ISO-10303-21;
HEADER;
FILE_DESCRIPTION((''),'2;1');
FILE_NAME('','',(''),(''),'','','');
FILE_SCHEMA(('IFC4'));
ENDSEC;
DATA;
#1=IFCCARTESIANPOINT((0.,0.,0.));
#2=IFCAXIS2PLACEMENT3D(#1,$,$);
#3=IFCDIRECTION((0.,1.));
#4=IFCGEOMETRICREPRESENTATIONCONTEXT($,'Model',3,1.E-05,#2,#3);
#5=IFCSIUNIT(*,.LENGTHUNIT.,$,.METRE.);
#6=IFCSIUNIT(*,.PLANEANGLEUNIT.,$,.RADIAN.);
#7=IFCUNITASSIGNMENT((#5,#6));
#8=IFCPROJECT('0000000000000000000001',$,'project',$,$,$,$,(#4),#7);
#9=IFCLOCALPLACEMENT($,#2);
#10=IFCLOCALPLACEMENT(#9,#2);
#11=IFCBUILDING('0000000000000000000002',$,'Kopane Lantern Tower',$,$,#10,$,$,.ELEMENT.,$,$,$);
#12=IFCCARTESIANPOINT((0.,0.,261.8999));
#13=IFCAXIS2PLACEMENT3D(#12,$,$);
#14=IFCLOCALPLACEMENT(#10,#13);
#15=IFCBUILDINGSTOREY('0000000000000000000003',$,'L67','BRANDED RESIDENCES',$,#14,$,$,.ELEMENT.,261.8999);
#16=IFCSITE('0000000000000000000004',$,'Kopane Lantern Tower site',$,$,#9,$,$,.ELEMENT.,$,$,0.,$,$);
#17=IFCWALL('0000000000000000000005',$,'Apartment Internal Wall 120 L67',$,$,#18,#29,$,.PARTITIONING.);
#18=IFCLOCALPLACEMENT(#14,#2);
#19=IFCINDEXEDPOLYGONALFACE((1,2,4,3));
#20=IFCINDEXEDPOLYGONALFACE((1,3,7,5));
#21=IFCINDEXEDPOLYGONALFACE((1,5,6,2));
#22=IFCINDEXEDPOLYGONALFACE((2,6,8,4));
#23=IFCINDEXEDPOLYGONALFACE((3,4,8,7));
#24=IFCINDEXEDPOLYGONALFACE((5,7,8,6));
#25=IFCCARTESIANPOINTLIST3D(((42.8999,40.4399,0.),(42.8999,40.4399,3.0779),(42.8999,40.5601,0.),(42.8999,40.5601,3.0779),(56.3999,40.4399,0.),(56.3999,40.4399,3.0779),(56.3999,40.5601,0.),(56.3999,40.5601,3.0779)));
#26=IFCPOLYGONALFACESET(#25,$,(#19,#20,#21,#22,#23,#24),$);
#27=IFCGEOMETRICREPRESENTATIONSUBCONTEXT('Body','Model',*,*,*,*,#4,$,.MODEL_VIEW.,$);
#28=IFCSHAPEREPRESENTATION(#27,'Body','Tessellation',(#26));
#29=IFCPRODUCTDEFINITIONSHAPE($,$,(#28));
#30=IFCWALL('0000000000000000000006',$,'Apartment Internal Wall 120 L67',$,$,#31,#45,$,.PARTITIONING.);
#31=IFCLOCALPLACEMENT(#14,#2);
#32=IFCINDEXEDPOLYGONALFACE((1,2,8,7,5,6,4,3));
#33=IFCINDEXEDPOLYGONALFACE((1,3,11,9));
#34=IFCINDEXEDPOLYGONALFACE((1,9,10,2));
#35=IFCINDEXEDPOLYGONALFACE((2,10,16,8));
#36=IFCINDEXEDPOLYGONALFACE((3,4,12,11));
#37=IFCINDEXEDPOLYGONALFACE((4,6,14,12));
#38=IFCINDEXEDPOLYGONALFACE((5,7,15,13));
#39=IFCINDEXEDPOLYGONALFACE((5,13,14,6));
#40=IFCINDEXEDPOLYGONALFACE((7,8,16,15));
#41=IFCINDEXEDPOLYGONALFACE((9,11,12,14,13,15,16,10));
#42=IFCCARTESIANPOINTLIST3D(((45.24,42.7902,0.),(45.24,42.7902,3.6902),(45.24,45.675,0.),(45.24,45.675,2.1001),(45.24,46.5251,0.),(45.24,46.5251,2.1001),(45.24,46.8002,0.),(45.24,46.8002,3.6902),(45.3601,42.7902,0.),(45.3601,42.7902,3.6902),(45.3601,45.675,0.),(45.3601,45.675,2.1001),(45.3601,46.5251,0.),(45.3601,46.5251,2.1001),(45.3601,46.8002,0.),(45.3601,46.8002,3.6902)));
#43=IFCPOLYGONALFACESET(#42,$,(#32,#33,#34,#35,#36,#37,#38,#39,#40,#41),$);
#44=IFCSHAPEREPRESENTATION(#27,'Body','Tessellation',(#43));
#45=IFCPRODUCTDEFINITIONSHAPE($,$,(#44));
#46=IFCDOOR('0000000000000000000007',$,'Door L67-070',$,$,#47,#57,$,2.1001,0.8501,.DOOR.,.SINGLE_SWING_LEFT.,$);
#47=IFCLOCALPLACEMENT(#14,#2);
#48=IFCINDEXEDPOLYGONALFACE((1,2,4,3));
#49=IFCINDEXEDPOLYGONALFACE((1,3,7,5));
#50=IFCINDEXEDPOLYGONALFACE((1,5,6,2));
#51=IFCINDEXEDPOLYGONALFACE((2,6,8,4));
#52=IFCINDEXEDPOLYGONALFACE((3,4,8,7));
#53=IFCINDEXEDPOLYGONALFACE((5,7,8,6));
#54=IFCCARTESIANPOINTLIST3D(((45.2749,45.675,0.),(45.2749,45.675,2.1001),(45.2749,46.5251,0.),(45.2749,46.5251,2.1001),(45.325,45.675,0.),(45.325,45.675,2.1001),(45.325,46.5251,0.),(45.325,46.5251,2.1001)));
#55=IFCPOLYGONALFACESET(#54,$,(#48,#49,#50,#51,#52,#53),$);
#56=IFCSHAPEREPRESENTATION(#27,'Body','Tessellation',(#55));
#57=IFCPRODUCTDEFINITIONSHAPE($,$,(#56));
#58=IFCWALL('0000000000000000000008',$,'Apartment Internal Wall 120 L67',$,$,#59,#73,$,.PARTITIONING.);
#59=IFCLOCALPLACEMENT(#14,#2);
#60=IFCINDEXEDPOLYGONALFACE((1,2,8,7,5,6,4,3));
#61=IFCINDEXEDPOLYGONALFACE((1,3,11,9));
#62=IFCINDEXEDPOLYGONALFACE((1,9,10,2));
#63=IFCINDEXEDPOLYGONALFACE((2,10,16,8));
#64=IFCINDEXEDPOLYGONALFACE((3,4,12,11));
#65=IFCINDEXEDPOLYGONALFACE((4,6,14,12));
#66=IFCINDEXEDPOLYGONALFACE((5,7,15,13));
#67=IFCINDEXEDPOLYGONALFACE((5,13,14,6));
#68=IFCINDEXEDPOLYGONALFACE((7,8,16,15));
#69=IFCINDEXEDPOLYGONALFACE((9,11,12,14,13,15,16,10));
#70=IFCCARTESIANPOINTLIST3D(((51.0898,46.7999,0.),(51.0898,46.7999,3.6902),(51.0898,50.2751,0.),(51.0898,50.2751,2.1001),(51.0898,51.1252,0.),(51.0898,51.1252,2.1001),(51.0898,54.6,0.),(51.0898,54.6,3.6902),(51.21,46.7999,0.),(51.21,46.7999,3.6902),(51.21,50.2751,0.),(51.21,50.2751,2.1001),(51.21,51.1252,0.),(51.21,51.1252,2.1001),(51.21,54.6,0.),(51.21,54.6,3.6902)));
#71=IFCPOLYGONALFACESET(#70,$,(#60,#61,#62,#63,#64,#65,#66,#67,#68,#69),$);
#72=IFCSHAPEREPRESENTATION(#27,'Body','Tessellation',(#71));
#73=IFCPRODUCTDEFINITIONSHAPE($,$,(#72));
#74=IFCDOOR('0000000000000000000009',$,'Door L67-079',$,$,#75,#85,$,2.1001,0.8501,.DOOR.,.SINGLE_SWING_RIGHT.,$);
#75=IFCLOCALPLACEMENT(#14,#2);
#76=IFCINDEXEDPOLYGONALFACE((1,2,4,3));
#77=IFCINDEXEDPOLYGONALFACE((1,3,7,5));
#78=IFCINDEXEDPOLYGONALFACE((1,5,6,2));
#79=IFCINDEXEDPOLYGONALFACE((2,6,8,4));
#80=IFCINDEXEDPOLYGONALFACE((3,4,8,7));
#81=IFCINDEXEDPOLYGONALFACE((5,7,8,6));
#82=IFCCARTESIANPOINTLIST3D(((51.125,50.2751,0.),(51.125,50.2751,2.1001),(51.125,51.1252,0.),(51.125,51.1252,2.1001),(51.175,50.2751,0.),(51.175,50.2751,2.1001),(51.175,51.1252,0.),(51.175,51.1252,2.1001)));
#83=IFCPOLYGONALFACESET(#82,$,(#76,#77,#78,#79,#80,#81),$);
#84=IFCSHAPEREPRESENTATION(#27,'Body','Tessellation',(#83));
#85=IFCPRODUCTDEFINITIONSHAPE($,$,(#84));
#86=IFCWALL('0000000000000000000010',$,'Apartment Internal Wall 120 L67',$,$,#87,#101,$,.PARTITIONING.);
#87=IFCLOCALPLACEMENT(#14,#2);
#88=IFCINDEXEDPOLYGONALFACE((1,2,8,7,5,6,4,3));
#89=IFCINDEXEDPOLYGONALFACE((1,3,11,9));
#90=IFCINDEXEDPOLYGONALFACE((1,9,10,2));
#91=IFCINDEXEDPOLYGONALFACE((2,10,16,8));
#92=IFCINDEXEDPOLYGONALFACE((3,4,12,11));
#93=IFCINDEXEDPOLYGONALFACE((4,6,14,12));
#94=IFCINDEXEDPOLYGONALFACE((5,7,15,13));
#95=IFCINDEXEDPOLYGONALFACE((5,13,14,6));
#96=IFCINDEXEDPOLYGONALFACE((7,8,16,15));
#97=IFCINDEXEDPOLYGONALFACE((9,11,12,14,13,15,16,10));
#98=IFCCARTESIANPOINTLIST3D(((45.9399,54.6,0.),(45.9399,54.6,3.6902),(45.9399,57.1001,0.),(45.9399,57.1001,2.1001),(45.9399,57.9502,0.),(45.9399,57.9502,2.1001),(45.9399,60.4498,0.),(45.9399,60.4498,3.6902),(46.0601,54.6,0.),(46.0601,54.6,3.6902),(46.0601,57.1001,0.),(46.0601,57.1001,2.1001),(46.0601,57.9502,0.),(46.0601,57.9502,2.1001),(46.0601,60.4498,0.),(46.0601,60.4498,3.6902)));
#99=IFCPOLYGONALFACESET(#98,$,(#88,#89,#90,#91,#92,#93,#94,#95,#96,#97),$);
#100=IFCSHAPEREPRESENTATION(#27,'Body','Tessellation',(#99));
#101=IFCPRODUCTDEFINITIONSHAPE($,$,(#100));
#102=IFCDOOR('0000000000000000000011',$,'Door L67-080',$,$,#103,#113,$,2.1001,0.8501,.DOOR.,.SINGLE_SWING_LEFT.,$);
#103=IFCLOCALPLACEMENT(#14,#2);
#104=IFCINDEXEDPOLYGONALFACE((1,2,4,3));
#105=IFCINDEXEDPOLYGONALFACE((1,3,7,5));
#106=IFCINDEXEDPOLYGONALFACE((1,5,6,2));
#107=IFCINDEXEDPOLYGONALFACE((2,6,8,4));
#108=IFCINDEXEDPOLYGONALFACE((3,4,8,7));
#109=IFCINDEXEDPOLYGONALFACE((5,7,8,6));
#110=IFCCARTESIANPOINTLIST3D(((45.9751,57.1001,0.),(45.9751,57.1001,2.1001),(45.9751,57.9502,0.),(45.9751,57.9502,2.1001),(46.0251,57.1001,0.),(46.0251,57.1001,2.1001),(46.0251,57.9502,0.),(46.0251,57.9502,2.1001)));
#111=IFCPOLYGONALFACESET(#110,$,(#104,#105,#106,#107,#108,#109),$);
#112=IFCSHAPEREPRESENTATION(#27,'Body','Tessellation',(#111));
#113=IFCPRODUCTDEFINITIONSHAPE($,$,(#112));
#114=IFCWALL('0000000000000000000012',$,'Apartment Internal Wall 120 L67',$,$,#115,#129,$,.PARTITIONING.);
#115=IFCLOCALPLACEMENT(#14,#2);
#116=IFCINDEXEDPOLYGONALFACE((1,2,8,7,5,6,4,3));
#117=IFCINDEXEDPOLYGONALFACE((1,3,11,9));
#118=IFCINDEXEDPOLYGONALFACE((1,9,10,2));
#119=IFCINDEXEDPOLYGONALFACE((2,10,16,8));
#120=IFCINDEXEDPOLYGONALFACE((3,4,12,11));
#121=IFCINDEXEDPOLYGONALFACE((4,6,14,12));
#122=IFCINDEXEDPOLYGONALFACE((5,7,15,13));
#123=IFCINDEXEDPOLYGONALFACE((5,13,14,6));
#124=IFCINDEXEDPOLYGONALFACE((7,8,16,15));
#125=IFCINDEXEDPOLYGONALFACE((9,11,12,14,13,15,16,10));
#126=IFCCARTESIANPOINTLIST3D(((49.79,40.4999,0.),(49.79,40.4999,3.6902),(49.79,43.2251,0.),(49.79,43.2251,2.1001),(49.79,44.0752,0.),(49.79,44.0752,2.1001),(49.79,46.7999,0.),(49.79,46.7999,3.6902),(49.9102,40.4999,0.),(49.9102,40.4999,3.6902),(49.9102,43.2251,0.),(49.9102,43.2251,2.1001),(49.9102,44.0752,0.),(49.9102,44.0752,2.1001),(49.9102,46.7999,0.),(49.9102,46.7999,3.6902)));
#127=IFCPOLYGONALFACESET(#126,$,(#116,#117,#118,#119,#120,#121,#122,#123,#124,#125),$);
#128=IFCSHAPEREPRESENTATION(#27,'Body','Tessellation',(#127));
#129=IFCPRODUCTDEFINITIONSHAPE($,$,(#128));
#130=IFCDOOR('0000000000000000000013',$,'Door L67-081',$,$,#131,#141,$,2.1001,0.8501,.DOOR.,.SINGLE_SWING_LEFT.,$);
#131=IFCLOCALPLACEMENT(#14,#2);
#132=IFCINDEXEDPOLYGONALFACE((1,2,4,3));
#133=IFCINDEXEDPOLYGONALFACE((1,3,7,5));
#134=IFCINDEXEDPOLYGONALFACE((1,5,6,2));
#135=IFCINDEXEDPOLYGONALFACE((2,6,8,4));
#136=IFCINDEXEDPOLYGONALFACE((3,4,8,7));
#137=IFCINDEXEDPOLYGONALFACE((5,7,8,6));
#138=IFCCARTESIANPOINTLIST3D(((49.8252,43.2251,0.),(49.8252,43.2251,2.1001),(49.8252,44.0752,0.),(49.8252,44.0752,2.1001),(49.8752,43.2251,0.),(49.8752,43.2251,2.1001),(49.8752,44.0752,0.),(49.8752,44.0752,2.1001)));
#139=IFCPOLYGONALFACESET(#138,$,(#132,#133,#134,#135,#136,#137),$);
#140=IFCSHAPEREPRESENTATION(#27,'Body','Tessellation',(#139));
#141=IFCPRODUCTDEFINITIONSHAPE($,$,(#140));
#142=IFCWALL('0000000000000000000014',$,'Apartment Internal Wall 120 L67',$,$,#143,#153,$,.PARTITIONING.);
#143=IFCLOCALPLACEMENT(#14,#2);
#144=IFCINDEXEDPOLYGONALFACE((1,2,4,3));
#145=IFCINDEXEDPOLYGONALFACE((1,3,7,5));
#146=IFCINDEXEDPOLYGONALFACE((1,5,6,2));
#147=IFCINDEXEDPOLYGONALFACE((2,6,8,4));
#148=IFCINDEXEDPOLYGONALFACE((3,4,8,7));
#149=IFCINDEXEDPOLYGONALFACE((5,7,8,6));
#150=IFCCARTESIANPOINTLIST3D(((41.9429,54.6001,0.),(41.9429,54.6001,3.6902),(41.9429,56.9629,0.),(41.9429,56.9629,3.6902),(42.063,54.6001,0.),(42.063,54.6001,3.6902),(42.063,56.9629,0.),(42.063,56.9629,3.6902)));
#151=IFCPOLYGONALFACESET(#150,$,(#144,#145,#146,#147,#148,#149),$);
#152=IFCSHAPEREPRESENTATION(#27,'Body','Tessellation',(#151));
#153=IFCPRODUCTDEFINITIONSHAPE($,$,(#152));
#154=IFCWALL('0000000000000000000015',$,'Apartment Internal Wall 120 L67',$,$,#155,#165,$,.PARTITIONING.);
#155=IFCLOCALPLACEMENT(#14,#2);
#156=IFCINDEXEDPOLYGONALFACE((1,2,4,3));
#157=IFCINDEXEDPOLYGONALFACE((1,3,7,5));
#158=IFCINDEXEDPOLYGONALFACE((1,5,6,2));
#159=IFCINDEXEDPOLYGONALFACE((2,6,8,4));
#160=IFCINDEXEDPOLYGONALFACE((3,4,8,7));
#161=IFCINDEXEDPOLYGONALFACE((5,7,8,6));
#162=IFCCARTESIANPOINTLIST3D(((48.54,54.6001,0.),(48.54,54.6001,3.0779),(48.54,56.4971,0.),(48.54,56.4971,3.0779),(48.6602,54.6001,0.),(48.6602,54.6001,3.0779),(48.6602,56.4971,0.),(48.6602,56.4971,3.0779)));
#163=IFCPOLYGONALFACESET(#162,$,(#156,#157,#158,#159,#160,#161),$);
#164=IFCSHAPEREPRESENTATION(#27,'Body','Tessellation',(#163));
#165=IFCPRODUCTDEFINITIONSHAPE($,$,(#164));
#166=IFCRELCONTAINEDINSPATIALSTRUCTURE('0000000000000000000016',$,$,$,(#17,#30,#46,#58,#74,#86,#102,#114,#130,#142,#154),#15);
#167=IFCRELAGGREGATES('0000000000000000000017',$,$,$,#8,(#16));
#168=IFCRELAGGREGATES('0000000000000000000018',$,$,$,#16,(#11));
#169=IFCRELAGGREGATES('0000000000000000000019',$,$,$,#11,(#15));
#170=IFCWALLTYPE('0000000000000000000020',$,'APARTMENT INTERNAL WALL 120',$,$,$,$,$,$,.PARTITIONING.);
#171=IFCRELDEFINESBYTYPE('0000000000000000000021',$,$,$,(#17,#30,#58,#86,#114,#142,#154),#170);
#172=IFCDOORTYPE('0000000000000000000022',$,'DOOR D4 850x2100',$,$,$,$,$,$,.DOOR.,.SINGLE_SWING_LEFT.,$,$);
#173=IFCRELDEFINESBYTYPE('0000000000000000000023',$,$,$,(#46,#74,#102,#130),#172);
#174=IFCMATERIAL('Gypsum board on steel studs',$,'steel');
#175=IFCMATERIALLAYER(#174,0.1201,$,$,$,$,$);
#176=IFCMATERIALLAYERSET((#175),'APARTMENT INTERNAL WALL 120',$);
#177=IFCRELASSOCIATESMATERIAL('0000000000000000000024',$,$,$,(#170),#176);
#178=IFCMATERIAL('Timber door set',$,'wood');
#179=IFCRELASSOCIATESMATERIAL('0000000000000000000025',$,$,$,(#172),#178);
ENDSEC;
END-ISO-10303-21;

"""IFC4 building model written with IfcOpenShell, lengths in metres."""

from ifc_helpers import new_model, si_unit, direction, frame, frame_2d, origin, place, context, subcontext, project, spatial, rectangle, extrude, material, layer, layer_set, type_object, element, fill, save


model = new_model("IFC4")

# Units and contexts
model_context = context("Model", 3, precision=1e-05, world=origin(), true_north=direction((0.0, 1.0)))
body_context = subcontext(model_context, "Body", "Model", "MODEL_VIEW")
ifc_project = project(units=[si_unit("LENGTHUNIT", "METRE"), si_unit("PLANEANGLEUNIT", "RADIAN")], contexts=[model_context])

# Site, building, storey
site_placement = place(None, origin())
site = spatial("IfcSite", under=ifc_project, at=site_placement, Name="Kopane Lantern Tower site", CompositionType="ELEMENT", RefElevation=0.0)
building_placement = place(site_placement, origin())
building = spatial("IfcBuilding", under=site, at=building_placement, Name="Kopane Lantern Tower", CompositionType="ELEMENT")
storey_placement = place(building_placement, frame((0.0, 0.0, 261.8999)))
storey = spatial("IfcBuildingStorey", under=building, at=storey_placement, Name="L67", Description="BRANDED RESIDENCES", CompositionType="ELEMENT", Elevation=261.8999)

# Shared definitions
ifc_material_1 = material(Name="Gypsum board on steel studs", Category="steel")
ifc_layer_1 = layer(ifc_material_1, 0.1201)
ifc_layer_set_1 = layer_set([ifc_layer_1], Name="APARTMENT INTERNAL WALL 120")
wall_type_1 = type_object("IfcWallType", Name="APARTMENT INTERNAL WALL 120", PredefinedType="PARTITIONING", material=ifc_layer_set_1)
ifc_material_2 = material(Name="Timber door set", Category="wood")
door_type_1 = type_object("IfcDoorType", Name="DOOR D4 850x2100", OperationType="SINGLE_SWING_LEFT", PredefinedType="DOOR", material=ifc_material_2)

# Wall
wall_1_placement = place(storey_placement, frame((42.8999, 40.5, 0.0), z_axis=(0.0, 0.0, 1.0), x_axis=(1.0, 0.0, 0.0)))
element("IfcWall", 1, at=wall_1_placement, inside=storey, type_object=wall_type_1, Name="Apartment Internal Wall 120 L67", PredefinedType="PARTITIONING", context=body_context, shape_type="SweptSolid", body=[
    extrude(rectangle(XDim=13.5, YDim=0.1201, at=frame_2d((6.75, 0.0))), origin(), (0.0, 0.0, 1.0), 3.0779),
])

# Walls, openings, doors
wall_2_placement = place(storey_placement, frame((45.3, 46.8, 0.0), z_axis=(0.0, 0.0, 1.0), x_axis=(0.0, -1.0, 0.0)))
wall_2 = element("IfcWall", 2, at=wall_2_placement, inside=storey, type_object=wall_type_1, Name="Apartment Internal Wall 120 L67", PredefinedType="PARTITIONING", context=body_context, shape_type="SweptSolid", body=[
    extrude(rectangle(XDim=4.01, YDim=0.1201, at=frame_2d((2.0049, 0.0))), origin(), (0.0, 0.0, 1.0), 3.6902),
])
opening_1_placement = place(wall_2_placement, frame((0.2749, 0.0, 0.0)))
opening_1 = element("IfcOpeningElement", 3, at=opening_1_placement, cuts=wall_2, PredefinedType="OPENING", context=body_context, shape_type="SweptSolid", body=[
    extrude(rectangle(XDim=0.8501, YDim=2.1001, at=frame_2d((0.425, 1.05))), frame((0.0, 0.0701, 0.0), z_axis=(0.0, -1.0, 0.0), x_axis=(1.0, 0.0, 0.0)), (0.0, 0.0, 1.0), 0.1401),
])
door_1_placement = place(opening_1_placement, origin())
door_1 = element("IfcDoor", 4, at=door_1_placement, inside=storey, type_object=door_type_1, Name="Door L67-070", OperationType="SINGLE_SWING_LEFT", OverallHeight=2.1001, OverallWidth=0.8501, PredefinedType="DOOR", context=body_context, shape_type="SweptSolid", body=[
    extrude(rectangle(XDim=0.8501, YDim=2.1001, at=frame_2d((0.425, 1.05))), frame((0.0, 0.0249, 0.0), z_axis=(0.0, -1.0, 0.0), x_axis=(1.0, 0.0, 0.0)), (0.0, 0.0, 1.0), 0.05),
])
fill(opening_1, door_1)
wall_3_placement = place(storey_placement, frame((51.1499, 46.8, 0.0), z_axis=(0.0, 0.0, 1.0), x_axis=(0.0, 1.0, 0.0)))
wall_3 = element("IfcWall", 5, at=wall_3_placement, inside=storey, type_object=wall_type_1, Name="Apartment Internal Wall 120 L67", PredefinedType="PARTITIONING", context=body_context, shape_type="SweptSolid", body=[
    extrude(rectangle(XDim=7.8, YDim=0.1201, at=frame_2d((3.8999, 0.0))), origin(), (0.0, 0.0, 1.0), 3.6902),
])
opening_2_placement = place(wall_3_placement, frame((3.4751, 0.0, 0.0)))
opening_2 = element("IfcOpeningElement", 6, at=opening_2_placement, cuts=wall_3, PredefinedType="OPENING", context=body_context, shape_type="SweptSolid", body=[
    extrude(rectangle(XDim=0.8501, YDim=2.1001, at=frame_2d((0.425, 1.05))), frame((0.0, 0.0701, 0.0), z_axis=(0.0, -1.0, 0.0), x_axis=(1.0, 0.0, 0.0)), (0.0, 0.0, 1.0), 0.1401),
])
door_2_placement = place(opening_2_placement, origin())
door_2 = element("IfcDoor", 7, at=door_2_placement, inside=storey, type_object=door_type_1, Name="Door L67-079", OperationType="SINGLE_SWING_RIGHT", OverallHeight=2.1001, OverallWidth=0.8501, PredefinedType="DOOR", context=body_context, shape_type="SweptSolid", body=[
    extrude(rectangle(XDim=0.8501, YDim=2.1001, at=frame_2d((0.425, 1.05))), frame((0.0, 0.0249, 0.0), z_axis=(0.0, -1.0, 0.0), x_axis=(1.0, 0.0, 0.0)), (0.0, 0.0, 1.0), 0.05),
])
fill(opening_2, door_2)
wall_4_placement = place(storey_placement, frame((46.0, 54.6001, 0.0), z_axis=(0.0, 0.0, 1.0), x_axis=(0.0, 1.0, 0.0)))
wall_4 = element("IfcWall", 8, at=wall_4_placement, inside=storey, type_object=wall_type_1, Name="Apartment Internal Wall 120 L67", PredefinedType="PARTITIONING", context=body_context, shape_type="SweptSolid", body=[
    extrude(rectangle(XDim=5.8499, YDim=0.1201, at=frame_2d((2.9248, 0.0))), origin(), (0.0, 0.0, 1.0), 3.6902),
])
opening_3_placement = place(wall_4_placement, frame((2.5, 0.0, 0.0)))
opening_3 = element("IfcOpeningElement", 9, at=opening_3_placement, cuts=wall_4, PredefinedType="OPENING", context=body_context, shape_type="SweptSolid", body=[
    extrude(rectangle(XDim=0.8501, YDim=2.1001, at=frame_2d((0.425, 1.05))), frame((0.0, 0.0701, 0.0), z_axis=(0.0, -1.0, 0.0), x_axis=(1.0, 0.0, 0.0)), (0.0, 0.0, 1.0), 0.1401),
])
door_3_placement = place(opening_3_placement, origin())
door_3 = element("IfcDoor", 10, at=door_3_placement, inside=storey, type_object=door_type_1, Name="Door L67-080", OperationType="SINGLE_SWING_LEFT", OverallHeight=2.1001, OverallWidth=0.8501, PredefinedType="DOOR", context=body_context, shape_type="SweptSolid", body=[
    extrude(rectangle(XDim=0.8501, YDim=2.1001, at=frame_2d((0.425, 1.05))), frame((0.0, 0.0249, 0.0), z_axis=(0.0, -1.0, 0.0), x_axis=(1.0, 0.0, 0.0)), (0.0, 0.0, 1.0), 0.05),
])
fill(opening_3, door_3)
wall_5_placement = place(storey_placement, frame((49.8501, 40.5, 0.0), z_axis=(0.0, 0.0, 1.0), x_axis=(0.0, 1.0, 0.0)))
wall_5 = element("IfcWall", 11, at=wall_5_placement, inside=storey, type_object=wall_type_1, Name="Apartment Internal Wall 120 L67", PredefinedType="PARTITIONING", context=body_context, shape_type="SweptSolid", body=[
    extrude(rectangle(XDim=6.3, YDim=0.1201, at=frame_2d((3.1499, 0.0))), origin(), (0.0, 0.0, 1.0), 3.6902),
])
opening_4_placement = place(wall_5_placement, frame((2.7251, 0.0, 0.0)))
opening_4 = element("IfcOpeningElement", 12, at=opening_4_placement, cuts=wall_5, PredefinedType="OPENING", context=body_context, shape_type="SweptSolid", body=[
    extrude(rectangle(XDim=0.8501, YDim=2.1001, at=frame_2d((0.425, 1.05))), frame((0.0, 0.0701, 0.0), z_axis=(0.0, -1.0, 0.0), x_axis=(1.0, 0.0, 0.0)), (0.0, 0.0, 1.0), 0.1401),
])
door_4_placement = place(opening_4_placement, origin())
door_4 = element("IfcDoor", 13, at=door_4_placement, inside=storey, type_object=door_type_1, Name="Door L67-081", OperationType="SINGLE_SWING_LEFT", OverallHeight=2.1001, OverallWidth=0.8501, PredefinedType="DOOR", context=body_context, shape_type="SweptSolid", body=[
    extrude(rectangle(XDim=0.8501, YDim=2.1001, at=frame_2d((0.425, 1.05))), frame((0.0, 0.0249, 0.0), z_axis=(0.0, -1.0, 0.0), x_axis=(1.0, 0.0, 0.0)), (0.0, 0.0, 1.0), 0.05),
])
fill(opening_4, door_4)

# Walls
wall_6_placement = place(storey_placement, frame((42.0029, 54.6001, 0.0), z_axis=(0.0, 0.0, 1.0), x_axis=(0.0, 1.0, 0.0)))
element("IfcWall", 14, at=wall_6_placement, inside=storey, type_object=wall_type_1, Name="Apartment Internal Wall 120 L67", PredefinedType="PARTITIONING", context=body_context, shape_type="SweptSolid", body=[
    extrude(rectangle(XDim=2.3628, YDim=0.1201, at=frame_2d((1.1814, 0.0))), origin(), (0.0, 0.0, 1.0), 3.6902),
])
wall_7_placement = place(storey_placement, frame((48.6001, 54.6001, 0.0), z_axis=(0.0, 0.0, 1.0), x_axis=(0.0, 1.0, 0.0)))
element("IfcWall", 15, at=wall_7_placement, inside=storey, type_object=wall_type_1, Name="Apartment Internal Wall 120 L67", PredefinedType="PARTITIONING", context=body_context, shape_type="SweptSolid", body=[
    extrude(rectangle(XDim=1.897, YDim=0.1201, at=frame_2d((0.9485, 0.0))), origin(), (0.0, 0.0, 1.0), 3.0779),
])

save(model, "model.ifc")
